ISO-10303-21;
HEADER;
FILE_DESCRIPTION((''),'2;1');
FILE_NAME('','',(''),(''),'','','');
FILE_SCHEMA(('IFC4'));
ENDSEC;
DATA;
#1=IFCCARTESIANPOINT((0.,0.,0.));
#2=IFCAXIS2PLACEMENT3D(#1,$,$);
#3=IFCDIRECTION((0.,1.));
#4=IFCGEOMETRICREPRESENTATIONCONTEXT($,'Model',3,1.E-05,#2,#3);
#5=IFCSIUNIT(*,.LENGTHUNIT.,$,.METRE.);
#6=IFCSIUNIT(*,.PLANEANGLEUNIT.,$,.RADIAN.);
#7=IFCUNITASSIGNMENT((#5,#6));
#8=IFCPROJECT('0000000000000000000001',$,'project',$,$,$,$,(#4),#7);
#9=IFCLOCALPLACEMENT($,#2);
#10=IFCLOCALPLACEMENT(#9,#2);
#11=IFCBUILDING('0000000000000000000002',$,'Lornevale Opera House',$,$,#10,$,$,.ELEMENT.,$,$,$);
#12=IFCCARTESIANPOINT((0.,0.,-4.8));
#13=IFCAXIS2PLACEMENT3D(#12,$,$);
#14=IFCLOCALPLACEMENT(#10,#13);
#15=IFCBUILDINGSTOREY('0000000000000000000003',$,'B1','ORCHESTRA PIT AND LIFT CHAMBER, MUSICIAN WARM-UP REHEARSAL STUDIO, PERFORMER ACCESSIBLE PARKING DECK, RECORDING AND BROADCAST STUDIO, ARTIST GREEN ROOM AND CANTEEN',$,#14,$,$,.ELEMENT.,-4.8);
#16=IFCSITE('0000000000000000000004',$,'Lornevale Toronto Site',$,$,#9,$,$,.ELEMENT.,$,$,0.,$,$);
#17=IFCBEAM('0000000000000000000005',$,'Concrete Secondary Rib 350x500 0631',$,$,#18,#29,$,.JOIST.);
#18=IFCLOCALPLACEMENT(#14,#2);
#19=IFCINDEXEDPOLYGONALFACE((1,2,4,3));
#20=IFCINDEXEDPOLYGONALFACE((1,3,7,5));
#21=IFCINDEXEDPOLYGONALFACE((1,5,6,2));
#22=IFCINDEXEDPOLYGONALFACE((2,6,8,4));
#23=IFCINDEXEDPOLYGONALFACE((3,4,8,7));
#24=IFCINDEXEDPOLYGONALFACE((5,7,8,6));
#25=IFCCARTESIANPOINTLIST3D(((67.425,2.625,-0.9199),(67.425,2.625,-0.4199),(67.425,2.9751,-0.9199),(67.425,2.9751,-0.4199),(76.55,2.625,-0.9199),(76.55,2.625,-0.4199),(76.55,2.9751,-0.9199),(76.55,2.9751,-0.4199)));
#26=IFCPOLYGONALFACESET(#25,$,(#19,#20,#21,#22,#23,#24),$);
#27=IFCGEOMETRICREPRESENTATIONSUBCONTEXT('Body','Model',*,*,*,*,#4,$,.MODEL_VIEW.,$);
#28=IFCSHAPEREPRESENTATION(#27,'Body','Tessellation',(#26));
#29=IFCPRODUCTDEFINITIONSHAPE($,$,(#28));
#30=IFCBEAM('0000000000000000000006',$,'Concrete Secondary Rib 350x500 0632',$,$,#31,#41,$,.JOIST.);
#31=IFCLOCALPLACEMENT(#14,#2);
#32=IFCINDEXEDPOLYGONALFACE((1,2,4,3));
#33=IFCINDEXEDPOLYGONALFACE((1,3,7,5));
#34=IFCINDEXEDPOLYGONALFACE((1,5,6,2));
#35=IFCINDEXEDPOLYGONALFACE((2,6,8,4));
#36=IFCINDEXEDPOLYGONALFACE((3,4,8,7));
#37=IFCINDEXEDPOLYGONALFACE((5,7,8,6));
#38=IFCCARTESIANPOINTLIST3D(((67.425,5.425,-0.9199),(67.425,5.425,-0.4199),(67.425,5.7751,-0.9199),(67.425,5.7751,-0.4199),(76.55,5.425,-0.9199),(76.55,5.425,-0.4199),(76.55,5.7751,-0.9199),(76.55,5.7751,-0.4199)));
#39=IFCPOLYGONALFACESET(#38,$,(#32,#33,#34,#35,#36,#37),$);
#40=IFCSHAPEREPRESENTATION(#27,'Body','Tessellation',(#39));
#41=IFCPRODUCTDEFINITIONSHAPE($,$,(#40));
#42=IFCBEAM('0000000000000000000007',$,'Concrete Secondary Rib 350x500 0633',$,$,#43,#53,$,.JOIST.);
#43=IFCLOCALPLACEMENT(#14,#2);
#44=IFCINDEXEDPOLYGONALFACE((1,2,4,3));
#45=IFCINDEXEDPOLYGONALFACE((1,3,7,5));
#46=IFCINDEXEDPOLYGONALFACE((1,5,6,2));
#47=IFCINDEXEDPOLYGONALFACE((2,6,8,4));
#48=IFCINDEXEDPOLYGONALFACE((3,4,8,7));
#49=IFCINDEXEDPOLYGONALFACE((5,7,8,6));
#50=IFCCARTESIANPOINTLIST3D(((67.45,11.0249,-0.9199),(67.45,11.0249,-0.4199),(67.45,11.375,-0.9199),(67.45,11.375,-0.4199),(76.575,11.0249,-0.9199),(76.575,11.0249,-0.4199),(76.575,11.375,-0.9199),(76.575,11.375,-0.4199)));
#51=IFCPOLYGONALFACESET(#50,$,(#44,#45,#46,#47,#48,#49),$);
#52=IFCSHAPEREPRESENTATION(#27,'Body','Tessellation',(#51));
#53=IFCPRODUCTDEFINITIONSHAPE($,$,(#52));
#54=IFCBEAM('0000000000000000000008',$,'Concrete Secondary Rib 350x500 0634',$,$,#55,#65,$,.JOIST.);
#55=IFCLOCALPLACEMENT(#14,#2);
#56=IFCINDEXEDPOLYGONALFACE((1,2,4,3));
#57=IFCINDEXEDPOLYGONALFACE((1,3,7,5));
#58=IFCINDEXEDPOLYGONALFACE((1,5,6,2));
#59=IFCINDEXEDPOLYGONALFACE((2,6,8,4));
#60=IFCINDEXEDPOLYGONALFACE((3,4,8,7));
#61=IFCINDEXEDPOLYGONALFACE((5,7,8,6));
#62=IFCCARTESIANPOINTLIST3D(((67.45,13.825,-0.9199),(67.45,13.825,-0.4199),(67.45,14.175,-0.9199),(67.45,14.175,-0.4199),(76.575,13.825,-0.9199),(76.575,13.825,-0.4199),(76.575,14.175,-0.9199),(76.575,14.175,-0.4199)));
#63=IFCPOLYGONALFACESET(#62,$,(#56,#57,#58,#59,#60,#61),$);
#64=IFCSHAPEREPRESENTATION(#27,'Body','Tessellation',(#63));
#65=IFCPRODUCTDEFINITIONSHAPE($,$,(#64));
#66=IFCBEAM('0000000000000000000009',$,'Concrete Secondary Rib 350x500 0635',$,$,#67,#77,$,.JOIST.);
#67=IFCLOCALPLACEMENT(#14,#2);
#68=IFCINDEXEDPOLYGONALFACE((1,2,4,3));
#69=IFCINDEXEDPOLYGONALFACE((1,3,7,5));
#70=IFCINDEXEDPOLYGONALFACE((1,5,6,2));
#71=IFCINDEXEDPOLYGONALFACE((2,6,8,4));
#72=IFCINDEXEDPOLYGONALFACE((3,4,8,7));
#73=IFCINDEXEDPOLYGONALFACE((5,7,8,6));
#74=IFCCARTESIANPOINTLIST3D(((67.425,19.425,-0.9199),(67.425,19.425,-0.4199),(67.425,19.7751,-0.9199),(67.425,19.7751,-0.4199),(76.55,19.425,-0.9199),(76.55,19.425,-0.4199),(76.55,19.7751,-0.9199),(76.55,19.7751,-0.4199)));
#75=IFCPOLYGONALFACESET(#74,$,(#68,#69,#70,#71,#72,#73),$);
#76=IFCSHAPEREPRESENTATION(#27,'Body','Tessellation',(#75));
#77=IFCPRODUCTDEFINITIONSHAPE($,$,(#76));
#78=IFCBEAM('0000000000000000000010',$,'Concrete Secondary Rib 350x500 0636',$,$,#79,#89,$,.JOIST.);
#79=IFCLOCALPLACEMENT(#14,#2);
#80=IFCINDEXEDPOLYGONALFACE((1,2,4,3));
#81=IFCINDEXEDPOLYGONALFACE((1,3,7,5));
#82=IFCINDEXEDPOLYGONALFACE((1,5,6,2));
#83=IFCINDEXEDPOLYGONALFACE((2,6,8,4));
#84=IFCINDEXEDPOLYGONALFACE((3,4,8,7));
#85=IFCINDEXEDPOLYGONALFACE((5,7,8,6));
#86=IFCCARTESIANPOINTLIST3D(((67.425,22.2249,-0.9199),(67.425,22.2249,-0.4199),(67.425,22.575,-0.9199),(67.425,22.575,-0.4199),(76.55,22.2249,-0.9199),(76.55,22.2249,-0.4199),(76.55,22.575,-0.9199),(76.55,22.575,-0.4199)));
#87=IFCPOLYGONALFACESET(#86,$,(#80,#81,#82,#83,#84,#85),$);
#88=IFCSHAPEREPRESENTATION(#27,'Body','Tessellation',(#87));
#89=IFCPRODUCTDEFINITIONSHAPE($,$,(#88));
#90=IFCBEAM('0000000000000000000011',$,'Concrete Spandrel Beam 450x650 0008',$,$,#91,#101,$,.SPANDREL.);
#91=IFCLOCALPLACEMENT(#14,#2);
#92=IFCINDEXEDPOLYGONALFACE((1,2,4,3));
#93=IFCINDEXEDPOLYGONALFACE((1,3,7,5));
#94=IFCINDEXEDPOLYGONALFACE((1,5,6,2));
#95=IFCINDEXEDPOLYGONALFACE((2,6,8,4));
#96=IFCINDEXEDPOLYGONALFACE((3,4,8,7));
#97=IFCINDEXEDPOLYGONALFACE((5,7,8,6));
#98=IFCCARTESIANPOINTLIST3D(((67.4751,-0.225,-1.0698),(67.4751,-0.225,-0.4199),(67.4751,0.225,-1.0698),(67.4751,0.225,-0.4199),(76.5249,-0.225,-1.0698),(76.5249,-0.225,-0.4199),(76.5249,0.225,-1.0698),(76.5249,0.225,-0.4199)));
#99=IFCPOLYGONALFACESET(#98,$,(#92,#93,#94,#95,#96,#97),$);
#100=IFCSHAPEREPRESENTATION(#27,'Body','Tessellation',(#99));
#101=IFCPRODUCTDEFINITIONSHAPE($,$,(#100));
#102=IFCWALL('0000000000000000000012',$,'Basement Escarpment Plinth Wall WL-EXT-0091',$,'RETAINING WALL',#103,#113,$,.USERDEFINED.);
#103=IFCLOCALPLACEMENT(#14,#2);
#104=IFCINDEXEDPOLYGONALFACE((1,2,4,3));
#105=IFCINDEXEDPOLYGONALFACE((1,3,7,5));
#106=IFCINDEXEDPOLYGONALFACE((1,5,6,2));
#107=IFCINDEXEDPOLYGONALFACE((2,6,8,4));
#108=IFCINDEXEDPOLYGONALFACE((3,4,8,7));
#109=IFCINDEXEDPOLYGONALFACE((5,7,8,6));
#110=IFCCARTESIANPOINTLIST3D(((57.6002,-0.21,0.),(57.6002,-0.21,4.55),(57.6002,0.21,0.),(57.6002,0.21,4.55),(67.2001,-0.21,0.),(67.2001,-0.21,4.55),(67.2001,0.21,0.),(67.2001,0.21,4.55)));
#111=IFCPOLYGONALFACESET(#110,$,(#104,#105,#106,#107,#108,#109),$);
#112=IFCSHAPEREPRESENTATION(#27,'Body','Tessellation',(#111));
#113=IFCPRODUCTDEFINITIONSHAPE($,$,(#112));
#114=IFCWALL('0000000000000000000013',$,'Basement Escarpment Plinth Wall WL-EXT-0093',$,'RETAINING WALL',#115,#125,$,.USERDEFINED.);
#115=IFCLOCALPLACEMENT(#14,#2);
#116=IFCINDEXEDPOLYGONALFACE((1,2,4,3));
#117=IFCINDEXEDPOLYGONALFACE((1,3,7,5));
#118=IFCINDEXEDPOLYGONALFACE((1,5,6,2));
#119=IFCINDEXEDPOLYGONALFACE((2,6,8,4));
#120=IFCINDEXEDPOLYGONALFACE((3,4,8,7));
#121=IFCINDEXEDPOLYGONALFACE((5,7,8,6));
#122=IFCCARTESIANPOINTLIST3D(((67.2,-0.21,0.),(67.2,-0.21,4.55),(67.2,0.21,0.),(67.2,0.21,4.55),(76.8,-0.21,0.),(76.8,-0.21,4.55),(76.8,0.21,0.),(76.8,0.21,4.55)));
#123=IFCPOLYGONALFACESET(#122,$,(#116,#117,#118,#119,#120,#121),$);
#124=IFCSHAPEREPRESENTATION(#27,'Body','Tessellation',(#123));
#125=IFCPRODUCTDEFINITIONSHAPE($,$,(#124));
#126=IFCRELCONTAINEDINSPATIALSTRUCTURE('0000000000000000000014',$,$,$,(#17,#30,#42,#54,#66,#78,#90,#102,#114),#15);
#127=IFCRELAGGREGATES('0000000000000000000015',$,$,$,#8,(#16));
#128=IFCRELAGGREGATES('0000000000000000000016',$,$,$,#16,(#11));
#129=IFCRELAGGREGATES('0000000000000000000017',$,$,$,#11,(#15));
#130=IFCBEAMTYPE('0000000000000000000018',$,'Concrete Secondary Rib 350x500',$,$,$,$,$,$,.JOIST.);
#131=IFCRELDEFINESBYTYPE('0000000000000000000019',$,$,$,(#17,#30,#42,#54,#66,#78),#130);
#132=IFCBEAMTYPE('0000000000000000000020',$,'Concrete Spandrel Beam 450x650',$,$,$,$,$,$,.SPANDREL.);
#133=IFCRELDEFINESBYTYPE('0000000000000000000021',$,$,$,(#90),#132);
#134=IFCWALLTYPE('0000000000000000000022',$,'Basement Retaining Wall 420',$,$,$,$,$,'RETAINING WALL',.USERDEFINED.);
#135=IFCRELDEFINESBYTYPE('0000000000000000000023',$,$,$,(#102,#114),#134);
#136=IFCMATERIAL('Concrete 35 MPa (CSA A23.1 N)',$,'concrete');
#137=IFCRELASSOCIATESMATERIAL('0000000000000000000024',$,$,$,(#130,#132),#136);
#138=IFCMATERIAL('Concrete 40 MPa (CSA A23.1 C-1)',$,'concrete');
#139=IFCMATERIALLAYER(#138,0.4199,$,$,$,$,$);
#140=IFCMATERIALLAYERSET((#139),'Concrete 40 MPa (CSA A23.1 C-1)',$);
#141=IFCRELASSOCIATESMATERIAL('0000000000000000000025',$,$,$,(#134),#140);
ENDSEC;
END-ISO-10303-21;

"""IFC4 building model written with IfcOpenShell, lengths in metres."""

from ifc_helpers import new_model, si_unit, direction, frame, frame_2d, origin, origin_2d, place, context, subcontext, project, spatial, rectangle, extrude, material, layer, layer_set, material_profile, profile_set, type_object, element, save


model = new_model("IFC4")

# Units and contexts
model_context = context("Model", 3, precision=1e-05, world=origin(), true_north=direction((0.0, 1.0)))
body_context = subcontext(model_context, "Body", "Model", "MODEL_VIEW")
ifc_project = project(units=[si_unit("LENGTHUNIT", "METRE"), si_unit("PLANEANGLEUNIT", "RADIAN")], contexts=[model_context])

# Site, building, storey
site_placement = place(None, origin())
site = spatial("IfcSite", under=ifc_project, at=site_placement, Name="Lornevale Toronto Site", CompositionType="ELEMENT", RefElevation=0.0)
building_placement = place(site_placement, origin())
building = spatial("IfcBuilding", under=site, at=building_placement, Name="Lornevale Opera House", CompositionType="ELEMENT")
storey_placement = place(building_placement, frame((0.0, 0.0, -4.8)))
storey = spatial("IfcBuildingStorey", under=building, at=storey_placement, Name="B1", Description="ORCHESTRA PIT AND LIFT CHAMBER, MUSICIAN WARM-UP REHEARSAL STUDIO, PERFORMER ACCESSIBLE PARKING DECK, RECORDING AND BROADCAST STUDIO, ARTIST GREEN ROOM AND CANTEEN", CompositionType="ELEMENT", Elevation=-4.8)

# Shared definitions
ifc_material_1 = material(Name="Concrete 35 MPa (CSA A23.1 N)", Category="concrete")
ifc_material_2 = material(Name="Concrete 40 MPa (CSA A23.1 C-1)", Category="concrete")

# Beams
ifc_material_profile_1 = material_profile(ifc_material_1, rectangle(XDim=0.3501, YDim=0.5, at=origin_2d()), Name="RC350x500")
ifc_profile_set_1 = profile_set([ifc_material_profile_1], Name="Concrete 35 MPa (CSA A23.1 N)")
beam_type_1 = type_object("IfcBeamType", Name="Concrete Secondary Rib 350x500", PredefinedType="JOIST", material=ifc_profile_set_1)
for number, where, z_axis, x_axis, name in (
    (1, (67.425, 2.8, -0.6699), (1.0, 0.0, 0.0), (0.0, 1.0, 0.0), "Concrete Secondary Rib 350x500 0631"),
    (2, (67.425, 5.6001, -0.6699), (1.0, 0.0, 0.0), (0.0, 1.0, 0.0), "Concrete Secondary Rib 350x500 0632"),
    (3, (67.45, 11.2, -0.6699), (1.0, 0.0, 0.0), (0.0, 1.0, 0.0), "Concrete Secondary Rib 350x500 0633"),
    (4, (67.45, 14.0, -0.6699), (1.0, 0.0, 0.0), (0.0, 1.0, 0.0), "Concrete Secondary Rib 350x500 0634"),
    (5, (67.425, 19.6001, -0.6699), (1.0, 0.0, 0.0), (0.0, 1.0, 0.0), "Concrete Secondary Rib 350x500 0635"),
    (6, (67.425, 22.3999, -0.6699), (1.0, 0.0, 0.0), (0.0, 1.0, 0.0), "Concrete Secondary Rib 350x500 0636"),
):
    element("IfcBeam", number, at=place(storey_placement, frame(where, z_axis=z_axis, x_axis=x_axis)), inside=storey, type_object=beam_type_1, Name=name, PredefinedType="JOIST", context=body_context, shape_type="SweptSolid", body=[
        extrude(rectangle(XDim=0.3501, YDim=0.5, at=origin_2d()), origin(), (0.0, 0.0, 1.0), 9.125),
    ])
ifc_material_profile_2 = material_profile(ifc_material_1, rectangle(XDim=0.45, YDim=0.6499, at=origin_2d()), Name="RC450x650")
ifc_profile_set_2 = profile_set([ifc_material_profile_2], Name="Concrete 35 MPa (CSA A23.1 N)")
beam_type_2 = type_object("IfcBeamType", Name="Concrete Spandrel Beam 450x650", PredefinedType="SPANDREL", material=ifc_profile_set_2)
beam_1_placement = place(storey_placement, frame((67.4751, 0.0, -0.7449), z_axis=(1.0, 0.0, 0.0), x_axis=(0.0, 1.0, 0.0)))
element("IfcBeam", 7, at=beam_1_placement, inside=storey, type_object=beam_type_2, Name="Concrete Spandrel Beam 450x650 0008", PredefinedType="SPANDREL", context=body_context, shape_type="SweptSolid", body=[
    extrude(rectangle(XDim=0.45, YDim=0.6499, at=origin_2d()), origin(), (0.0, 0.0, 1.0), 9.0498),
])

# Walls
ifc_layer = layer(ifc_material_2, 0.4199)
ifc_layer_set = layer_set([ifc_layer], Name="Concrete 40 MPa (CSA A23.1 C-1)")
wall_type = type_object("IfcWallType", Name="Basement Retaining Wall 420", ElementType="RETAINING WALL", PredefinedType="USERDEFINED", material=ifc_layer_set)
wall_1_placement = place(storey_placement, frame((67.2, 0.0, 0.0), z_axis=(0.0, 0.0, 1.0), x_axis=(-1.0, 0.0, 0.0)))
element("IfcWall", 8, at=wall_1_placement, inside=storey, type_object=wall_type, Name="Basement Escarpment Plinth Wall WL-EXT-0091", ObjectType="RETAINING WALL", PredefinedType="USERDEFINED", context=body_context, shape_type="SweptSolid", body=[
    extrude(rectangle(XDim=9.5999, YDim=0.4199, at=frame_2d((4.7998, 0.0))), origin(), (0.0, 0.0, 1.0), 4.55),
])
wall_2_placement = place(storey_placement, frame((76.8, 0.0, 0.0), z_axis=(0.0, 0.0, 1.0), x_axis=(-1.0, 0.0, 0.0)))
element("IfcWall", 9, at=wall_2_placement, inside=storey, type_object=wall_type, Name="Basement Escarpment Plinth Wall WL-EXT-0093", ObjectType="RETAINING WALL", PredefinedType="USERDEFINED", context=body_context, shape_type="SweptSolid", body=[
    extrude(rectangle(XDim=9.6001, YDim=0.4199, at=frame_2d((4.8, 0.0))), origin(), (0.0, 0.0, 1.0), 4.55),
])

save(model, "model.ifc")
